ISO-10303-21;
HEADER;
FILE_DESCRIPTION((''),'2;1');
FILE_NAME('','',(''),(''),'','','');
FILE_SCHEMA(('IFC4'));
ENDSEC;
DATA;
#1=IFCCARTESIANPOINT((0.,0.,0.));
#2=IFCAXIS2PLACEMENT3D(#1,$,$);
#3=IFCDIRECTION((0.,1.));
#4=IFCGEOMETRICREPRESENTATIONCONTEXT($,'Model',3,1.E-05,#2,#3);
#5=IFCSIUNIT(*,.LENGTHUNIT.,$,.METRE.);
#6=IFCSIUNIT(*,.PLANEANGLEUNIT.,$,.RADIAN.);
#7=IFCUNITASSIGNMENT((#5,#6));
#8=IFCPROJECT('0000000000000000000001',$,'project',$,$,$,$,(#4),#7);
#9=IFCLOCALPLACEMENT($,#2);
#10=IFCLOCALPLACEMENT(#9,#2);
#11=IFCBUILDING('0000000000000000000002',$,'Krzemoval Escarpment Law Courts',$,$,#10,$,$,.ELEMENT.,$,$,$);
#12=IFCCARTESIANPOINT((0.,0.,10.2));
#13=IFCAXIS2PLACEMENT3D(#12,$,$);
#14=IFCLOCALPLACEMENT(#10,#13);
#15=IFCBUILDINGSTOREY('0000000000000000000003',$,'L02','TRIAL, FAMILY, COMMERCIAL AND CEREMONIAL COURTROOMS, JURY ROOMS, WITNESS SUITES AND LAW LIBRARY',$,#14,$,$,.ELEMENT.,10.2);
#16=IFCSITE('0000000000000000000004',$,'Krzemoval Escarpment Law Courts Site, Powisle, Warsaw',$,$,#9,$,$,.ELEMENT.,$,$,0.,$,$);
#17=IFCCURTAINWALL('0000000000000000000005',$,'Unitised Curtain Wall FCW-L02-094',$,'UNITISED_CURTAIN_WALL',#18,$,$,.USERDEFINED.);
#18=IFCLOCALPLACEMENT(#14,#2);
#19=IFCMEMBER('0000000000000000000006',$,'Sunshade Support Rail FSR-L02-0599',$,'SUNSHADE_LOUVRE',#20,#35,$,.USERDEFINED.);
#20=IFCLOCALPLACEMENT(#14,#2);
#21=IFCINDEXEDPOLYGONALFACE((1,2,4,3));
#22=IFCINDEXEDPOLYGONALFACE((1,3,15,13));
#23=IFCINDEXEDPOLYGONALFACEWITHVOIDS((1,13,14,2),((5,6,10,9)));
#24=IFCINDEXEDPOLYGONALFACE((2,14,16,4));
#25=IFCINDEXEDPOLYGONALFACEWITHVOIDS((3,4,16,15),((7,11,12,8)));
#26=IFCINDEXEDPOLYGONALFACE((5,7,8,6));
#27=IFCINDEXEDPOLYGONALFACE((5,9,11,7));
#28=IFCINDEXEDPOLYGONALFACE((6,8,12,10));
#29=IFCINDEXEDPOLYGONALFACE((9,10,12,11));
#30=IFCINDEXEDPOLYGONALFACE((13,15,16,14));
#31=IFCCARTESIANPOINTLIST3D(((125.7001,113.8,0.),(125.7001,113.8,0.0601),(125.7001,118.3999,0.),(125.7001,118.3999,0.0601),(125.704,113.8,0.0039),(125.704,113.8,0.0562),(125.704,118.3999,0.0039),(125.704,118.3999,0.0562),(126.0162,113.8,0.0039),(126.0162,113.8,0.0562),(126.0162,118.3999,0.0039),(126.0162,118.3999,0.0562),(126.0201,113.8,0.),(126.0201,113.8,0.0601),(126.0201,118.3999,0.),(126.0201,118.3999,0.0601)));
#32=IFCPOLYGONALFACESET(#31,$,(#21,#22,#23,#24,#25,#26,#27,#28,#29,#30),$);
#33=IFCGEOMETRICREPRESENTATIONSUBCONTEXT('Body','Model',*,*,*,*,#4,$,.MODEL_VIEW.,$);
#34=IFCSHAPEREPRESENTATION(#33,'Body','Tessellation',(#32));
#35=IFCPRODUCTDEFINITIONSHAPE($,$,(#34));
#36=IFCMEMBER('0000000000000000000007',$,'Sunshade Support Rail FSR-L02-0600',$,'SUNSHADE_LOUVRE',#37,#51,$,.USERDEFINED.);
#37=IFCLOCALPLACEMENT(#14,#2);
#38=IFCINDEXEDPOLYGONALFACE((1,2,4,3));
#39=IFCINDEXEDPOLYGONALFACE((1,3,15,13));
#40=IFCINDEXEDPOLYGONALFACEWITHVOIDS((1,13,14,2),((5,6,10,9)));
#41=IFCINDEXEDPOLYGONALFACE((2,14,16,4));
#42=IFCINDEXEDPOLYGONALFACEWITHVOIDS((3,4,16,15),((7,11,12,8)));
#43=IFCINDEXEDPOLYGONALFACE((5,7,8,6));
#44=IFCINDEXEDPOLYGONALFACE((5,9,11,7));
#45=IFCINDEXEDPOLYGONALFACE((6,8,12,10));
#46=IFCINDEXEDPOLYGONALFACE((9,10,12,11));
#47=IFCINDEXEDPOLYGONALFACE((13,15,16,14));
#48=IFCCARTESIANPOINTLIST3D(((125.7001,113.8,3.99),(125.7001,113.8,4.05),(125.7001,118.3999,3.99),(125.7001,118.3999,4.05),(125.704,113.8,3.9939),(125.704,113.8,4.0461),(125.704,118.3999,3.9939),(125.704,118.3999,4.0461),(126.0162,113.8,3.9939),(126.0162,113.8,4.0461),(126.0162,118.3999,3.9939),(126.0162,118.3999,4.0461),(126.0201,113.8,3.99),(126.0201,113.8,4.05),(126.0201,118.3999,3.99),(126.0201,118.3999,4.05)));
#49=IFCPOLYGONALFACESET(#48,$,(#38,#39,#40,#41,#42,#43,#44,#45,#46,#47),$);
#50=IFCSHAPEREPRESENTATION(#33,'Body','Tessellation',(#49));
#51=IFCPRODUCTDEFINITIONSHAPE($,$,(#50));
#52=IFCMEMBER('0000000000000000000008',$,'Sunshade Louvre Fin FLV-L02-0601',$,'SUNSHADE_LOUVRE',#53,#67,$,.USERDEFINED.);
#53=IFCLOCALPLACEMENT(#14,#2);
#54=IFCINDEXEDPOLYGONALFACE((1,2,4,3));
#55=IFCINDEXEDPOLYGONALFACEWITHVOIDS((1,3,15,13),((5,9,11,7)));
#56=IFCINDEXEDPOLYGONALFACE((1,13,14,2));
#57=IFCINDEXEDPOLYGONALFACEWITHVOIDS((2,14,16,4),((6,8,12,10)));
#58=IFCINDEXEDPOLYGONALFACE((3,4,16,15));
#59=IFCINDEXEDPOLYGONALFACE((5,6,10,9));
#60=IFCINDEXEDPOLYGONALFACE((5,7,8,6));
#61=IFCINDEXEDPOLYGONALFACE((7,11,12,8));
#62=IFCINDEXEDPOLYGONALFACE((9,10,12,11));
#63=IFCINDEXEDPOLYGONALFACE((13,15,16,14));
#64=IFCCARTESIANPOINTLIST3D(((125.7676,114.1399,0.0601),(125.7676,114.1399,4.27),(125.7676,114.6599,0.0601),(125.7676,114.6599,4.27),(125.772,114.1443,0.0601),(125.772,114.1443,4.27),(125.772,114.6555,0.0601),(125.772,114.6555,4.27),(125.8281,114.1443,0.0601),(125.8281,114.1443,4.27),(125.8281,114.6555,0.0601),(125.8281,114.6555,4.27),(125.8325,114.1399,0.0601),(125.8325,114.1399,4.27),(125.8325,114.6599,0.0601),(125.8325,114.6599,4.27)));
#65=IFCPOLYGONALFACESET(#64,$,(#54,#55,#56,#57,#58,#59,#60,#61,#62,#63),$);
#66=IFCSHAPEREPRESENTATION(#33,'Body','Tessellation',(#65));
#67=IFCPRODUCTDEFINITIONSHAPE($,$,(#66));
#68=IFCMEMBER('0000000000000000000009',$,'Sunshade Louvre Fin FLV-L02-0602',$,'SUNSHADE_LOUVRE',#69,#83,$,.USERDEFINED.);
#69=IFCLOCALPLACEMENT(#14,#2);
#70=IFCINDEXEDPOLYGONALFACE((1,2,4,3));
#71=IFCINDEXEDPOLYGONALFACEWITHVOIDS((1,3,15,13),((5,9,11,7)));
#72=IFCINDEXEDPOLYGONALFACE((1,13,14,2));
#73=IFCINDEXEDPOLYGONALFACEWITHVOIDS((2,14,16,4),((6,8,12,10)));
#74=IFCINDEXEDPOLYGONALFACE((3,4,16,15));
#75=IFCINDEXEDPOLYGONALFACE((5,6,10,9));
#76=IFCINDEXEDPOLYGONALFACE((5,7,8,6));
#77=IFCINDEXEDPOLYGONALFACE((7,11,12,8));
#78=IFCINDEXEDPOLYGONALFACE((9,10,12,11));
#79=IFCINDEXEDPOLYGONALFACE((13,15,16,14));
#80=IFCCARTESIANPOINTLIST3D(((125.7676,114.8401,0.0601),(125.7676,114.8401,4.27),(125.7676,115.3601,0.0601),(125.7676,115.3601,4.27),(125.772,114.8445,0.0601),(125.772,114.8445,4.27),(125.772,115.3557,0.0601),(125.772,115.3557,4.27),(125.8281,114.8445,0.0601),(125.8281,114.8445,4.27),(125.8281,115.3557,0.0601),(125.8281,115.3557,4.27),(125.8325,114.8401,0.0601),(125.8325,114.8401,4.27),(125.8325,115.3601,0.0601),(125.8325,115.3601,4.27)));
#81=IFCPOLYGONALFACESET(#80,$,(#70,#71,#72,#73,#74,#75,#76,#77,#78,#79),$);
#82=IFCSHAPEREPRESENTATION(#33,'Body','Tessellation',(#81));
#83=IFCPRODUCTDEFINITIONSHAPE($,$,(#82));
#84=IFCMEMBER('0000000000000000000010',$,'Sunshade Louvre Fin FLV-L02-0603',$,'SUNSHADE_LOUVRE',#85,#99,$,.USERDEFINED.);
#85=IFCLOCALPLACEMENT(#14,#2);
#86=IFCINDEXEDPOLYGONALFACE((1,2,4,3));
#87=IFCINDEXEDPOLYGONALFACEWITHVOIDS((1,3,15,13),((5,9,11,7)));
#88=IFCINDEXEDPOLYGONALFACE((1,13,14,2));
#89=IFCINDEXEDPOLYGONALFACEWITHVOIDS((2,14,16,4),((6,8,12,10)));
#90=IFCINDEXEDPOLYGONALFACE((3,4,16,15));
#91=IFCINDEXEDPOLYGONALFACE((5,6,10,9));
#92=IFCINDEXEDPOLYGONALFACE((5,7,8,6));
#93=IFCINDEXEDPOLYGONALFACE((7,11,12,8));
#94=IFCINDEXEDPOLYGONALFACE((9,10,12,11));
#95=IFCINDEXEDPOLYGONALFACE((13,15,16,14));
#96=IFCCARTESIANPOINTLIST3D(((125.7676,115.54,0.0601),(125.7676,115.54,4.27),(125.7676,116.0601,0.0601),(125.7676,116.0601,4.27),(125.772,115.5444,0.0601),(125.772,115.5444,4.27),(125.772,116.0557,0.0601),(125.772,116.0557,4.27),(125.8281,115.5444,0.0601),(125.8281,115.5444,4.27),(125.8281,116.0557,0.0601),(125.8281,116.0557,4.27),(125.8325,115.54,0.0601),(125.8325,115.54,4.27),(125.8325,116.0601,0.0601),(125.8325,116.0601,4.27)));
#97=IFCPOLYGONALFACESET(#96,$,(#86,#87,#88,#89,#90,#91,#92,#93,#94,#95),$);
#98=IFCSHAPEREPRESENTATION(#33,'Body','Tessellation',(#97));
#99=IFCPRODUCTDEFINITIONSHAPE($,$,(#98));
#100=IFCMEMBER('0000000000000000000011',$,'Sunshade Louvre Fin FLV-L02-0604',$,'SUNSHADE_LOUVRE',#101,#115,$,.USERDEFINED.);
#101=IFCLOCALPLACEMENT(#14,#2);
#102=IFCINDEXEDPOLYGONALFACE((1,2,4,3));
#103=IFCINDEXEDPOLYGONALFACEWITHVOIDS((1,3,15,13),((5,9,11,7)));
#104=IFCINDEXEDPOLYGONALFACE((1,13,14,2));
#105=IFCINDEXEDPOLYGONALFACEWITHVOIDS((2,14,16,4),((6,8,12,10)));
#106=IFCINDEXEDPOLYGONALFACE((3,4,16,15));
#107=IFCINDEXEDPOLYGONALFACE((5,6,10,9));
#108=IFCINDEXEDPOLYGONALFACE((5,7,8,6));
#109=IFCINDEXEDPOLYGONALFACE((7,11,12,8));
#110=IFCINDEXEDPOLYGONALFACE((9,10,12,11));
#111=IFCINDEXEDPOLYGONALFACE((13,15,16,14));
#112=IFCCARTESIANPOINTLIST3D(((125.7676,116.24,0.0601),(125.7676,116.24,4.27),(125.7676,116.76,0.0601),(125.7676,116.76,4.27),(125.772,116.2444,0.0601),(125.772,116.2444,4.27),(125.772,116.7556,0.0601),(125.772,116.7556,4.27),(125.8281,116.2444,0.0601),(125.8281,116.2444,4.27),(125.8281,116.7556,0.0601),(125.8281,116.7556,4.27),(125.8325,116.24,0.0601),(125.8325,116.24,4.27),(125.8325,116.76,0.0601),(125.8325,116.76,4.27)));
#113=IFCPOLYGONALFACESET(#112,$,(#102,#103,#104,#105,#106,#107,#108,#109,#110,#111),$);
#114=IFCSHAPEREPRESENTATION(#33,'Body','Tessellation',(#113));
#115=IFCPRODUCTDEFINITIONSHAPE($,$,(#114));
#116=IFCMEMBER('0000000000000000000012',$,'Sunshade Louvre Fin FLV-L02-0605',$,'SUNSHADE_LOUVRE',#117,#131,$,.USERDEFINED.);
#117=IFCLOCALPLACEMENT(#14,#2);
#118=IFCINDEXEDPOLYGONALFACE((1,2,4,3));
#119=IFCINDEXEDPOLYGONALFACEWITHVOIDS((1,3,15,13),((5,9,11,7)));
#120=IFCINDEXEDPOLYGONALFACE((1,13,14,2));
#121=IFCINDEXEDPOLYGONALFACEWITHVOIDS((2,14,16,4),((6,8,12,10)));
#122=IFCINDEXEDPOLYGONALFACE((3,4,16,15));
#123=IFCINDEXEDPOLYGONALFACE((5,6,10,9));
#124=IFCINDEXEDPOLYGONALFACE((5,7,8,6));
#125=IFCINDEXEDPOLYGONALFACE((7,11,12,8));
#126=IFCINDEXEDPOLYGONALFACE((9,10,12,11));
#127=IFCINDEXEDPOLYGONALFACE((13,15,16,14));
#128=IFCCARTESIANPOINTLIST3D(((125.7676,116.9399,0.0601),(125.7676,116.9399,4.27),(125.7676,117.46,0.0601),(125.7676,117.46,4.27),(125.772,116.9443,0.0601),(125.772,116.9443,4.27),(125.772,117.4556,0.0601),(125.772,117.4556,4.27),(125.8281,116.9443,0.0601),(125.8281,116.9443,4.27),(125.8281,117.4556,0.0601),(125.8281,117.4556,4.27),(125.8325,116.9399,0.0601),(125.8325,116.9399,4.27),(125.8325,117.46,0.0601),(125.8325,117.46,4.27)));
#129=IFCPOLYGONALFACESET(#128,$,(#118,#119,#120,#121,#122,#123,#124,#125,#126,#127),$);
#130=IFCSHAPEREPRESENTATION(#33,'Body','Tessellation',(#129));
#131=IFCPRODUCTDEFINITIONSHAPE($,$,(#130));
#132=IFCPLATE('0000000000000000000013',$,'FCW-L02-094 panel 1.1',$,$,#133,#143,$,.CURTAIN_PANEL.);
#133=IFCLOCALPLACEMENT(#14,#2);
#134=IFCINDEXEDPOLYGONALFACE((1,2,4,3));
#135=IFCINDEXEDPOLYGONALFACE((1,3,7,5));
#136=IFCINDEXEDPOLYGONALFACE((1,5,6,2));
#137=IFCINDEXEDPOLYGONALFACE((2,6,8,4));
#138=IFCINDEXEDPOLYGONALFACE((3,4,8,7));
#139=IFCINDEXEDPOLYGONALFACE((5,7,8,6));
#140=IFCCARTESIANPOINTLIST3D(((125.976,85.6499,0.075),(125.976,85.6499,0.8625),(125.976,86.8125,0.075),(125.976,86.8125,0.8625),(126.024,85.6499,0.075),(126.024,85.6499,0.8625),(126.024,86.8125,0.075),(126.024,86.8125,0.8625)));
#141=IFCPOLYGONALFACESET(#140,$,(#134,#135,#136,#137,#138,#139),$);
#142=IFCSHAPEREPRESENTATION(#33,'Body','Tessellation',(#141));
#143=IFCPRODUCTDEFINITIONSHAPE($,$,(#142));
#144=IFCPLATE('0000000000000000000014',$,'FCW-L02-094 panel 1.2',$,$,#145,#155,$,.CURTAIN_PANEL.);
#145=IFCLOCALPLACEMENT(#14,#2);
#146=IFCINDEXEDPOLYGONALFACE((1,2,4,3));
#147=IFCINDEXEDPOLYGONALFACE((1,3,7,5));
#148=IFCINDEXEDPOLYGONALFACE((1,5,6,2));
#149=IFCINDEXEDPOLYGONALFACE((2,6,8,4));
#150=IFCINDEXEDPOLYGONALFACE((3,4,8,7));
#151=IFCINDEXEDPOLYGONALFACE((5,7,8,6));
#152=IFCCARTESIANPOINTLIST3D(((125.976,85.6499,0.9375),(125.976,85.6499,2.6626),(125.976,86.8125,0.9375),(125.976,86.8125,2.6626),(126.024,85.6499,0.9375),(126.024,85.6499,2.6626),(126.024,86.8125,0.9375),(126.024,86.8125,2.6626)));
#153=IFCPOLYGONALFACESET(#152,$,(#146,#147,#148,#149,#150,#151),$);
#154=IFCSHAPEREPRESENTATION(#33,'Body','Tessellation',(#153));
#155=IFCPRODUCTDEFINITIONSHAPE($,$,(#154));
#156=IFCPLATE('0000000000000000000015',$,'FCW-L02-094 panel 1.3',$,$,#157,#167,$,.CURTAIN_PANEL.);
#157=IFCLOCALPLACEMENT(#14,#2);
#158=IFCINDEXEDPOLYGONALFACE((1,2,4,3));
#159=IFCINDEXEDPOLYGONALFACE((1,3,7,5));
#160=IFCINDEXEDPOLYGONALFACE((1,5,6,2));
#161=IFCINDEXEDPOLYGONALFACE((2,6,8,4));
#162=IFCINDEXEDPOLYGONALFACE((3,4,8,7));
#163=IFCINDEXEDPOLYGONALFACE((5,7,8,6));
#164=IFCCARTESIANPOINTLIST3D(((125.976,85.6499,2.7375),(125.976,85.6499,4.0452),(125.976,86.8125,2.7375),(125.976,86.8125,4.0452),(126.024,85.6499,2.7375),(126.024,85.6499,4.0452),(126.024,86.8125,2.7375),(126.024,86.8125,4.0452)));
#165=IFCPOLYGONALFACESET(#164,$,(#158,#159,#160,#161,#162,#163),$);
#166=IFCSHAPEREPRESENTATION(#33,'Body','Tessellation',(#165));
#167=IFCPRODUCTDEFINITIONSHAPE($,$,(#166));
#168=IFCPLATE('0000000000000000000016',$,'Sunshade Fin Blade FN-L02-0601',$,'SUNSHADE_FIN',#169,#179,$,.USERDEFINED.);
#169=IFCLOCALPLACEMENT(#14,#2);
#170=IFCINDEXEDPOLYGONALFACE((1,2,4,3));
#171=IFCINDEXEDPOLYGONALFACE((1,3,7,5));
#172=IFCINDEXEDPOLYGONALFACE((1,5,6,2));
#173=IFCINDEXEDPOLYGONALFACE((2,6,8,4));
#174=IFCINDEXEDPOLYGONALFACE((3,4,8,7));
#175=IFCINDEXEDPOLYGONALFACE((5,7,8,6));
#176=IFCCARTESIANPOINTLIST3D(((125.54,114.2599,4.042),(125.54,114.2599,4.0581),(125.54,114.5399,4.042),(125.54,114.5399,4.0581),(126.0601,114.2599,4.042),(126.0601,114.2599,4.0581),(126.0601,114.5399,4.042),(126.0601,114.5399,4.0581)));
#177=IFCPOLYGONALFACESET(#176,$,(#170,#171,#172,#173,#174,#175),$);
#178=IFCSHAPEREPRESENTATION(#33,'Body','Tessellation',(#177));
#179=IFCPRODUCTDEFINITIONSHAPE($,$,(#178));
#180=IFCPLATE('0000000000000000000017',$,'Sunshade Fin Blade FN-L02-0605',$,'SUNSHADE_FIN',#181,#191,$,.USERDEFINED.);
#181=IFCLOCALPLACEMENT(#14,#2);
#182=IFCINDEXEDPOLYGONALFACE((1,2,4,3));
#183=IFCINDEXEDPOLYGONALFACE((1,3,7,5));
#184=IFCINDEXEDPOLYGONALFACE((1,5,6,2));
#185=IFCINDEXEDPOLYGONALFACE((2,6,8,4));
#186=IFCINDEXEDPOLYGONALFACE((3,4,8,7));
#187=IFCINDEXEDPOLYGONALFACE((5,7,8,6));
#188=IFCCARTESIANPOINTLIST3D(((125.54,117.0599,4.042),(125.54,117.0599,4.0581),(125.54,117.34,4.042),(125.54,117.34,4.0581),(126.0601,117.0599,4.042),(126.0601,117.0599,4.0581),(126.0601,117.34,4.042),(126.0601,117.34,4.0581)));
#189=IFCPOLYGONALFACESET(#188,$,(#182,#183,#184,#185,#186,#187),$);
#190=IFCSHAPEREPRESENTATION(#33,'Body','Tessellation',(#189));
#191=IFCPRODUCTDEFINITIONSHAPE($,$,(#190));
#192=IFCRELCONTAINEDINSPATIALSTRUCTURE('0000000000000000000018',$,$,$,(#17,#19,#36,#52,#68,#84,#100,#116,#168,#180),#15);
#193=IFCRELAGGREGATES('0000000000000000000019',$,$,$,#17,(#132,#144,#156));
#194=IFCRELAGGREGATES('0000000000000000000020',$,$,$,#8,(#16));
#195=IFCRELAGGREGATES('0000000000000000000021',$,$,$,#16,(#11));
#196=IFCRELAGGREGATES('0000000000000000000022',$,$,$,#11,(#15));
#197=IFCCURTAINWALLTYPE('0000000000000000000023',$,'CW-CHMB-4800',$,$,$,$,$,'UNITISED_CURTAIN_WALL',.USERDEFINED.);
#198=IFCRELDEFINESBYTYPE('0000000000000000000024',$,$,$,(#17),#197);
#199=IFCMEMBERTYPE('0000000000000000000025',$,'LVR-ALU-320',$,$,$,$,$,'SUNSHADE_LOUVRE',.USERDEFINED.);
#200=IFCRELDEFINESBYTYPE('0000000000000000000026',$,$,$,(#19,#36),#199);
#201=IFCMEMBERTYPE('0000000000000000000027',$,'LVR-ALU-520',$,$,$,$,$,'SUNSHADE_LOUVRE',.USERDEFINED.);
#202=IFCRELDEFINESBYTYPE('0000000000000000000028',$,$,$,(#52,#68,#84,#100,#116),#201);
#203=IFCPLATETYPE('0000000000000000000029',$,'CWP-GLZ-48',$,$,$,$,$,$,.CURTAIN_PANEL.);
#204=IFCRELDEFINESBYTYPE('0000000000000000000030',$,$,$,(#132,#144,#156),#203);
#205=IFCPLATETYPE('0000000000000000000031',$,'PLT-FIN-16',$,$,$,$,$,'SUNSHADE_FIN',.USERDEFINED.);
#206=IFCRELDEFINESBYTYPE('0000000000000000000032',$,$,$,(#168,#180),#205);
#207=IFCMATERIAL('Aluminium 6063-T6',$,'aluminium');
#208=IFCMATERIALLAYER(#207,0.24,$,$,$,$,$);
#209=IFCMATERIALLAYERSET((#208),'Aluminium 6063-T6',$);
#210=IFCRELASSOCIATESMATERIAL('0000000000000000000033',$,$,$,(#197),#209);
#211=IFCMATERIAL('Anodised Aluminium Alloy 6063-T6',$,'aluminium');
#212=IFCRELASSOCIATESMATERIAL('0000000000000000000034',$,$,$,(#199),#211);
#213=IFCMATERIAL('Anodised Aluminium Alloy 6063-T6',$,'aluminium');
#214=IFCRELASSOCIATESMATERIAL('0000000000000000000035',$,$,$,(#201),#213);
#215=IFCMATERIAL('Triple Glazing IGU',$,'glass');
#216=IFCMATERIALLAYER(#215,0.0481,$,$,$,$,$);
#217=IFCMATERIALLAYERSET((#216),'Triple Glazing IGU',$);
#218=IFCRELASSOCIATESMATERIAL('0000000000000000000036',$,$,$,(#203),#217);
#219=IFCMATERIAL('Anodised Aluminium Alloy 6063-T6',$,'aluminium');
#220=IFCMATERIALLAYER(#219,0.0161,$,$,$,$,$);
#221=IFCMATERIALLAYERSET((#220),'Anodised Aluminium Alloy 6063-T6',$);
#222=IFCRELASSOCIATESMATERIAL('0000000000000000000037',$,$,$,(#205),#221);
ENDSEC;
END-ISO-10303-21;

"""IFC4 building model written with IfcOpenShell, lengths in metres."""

from ifc_helpers import new_model, si_unit, direction, frame, origin, origin_2d, place, context, subcontext, project, spatial, rectangle, hollow_rectangle, extrude, material, layer, layer_set, material_profile, profile_set, type_object, element, aggregate, save


model = new_model("IFC4")

# Units and contexts
model_context = context("Model", 3, precision=1e-05, world=origin(), true_north=direction((0.0, 1.0)))
body_context = subcontext(model_context, "Body", "Model", "MODEL_VIEW")
ifc_project = project(units=[si_unit("LENGTHUNIT", "METRE"), si_unit("PLANEANGLEUNIT", "RADIAN")], contexts=[model_context])

# Site, building, storey
site_placement = place(None, origin())
site = spatial("IfcSite", under=ifc_project, at=site_placement, Name="Krzemoval Escarpment Law Courts Site, Powisle, Warsaw", CompositionType="ELEMENT", RefElevation=0.0)
building_placement = place(site_placement, origin())
building = spatial("IfcBuilding", under=site, at=building_placement, Name="Krzemoval Escarpment Law Courts", CompositionType="ELEMENT")
storey_placement = place(building_placement, frame((0.0, 0.0, 10.2)))
storey = spatial("IfcBuildingStorey", under=building, at=storey_placement, Name="L02", Description="TRIAL, FAMILY, COMMERCIAL AND CEREMONIAL COURTROOMS, JURY ROOMS, WITNESS SUITES AND LAW LIBRARY", CompositionType="ELEMENT", Elevation=10.2)

# Curtain wall
ifc_material_1 = material(Name="Aluminium 6063-T6", Category="aluminium")
ifc_layer_1 = layer(ifc_material_1, 0.24)
ifc_layer_set_1 = layer_set([ifc_layer_1], Name="Aluminium 6063-T6")
curtain_wall_type = type_object("IfcCurtainWallType", Name="CW-CHMB-4800", ElementType="UNITISED_CURTAIN_WALL", PredefinedType="USERDEFINED", material=ifc_layer_set_1)
curtain_wall_placement = place(storey_placement, origin())
curtain_wall = element("IfcCurtainWall", 1, at=curtain_wall_placement, inside=storey, type_object=curtain_wall_type, Name="Unitised Curtain Wall FCW-L02-094", ObjectType="UNITISED_CURTAIN_WALL", PredefinedType="USERDEFINED")

# Members
ifc_material_2 = material(Name="Anodised Aluminium Alloy 6063-T6", Category="aluminium")
ifc_material_profile_1 = material_profile(ifc_material_2, hollow_rectangle(XDim=0.0601, YDim=0.3201, WallThickness=0.0039, at=origin_2d()), Name="ALU LVR 60x320")
ifc_profile_set_1 = profile_set([ifc_material_profile_1], Name="Anodised Aluminium Alloy 6063-T6")
member_type_1 = type_object("IfcMemberType", Name="LVR-ALU-320", ElementType="SUNSHADE_LOUVRE", PredefinedType="USERDEFINED", material=ifc_profile_set_1)
for number, where, z_axis, x_axis, name in (
    (2, (125.8601, 113.8, 0.03), (0.0, 1.0, 0.0), (0.0, 0.0, 1.0), "Sunshade Support Rail FSR-L02-0599"),
    (3, (125.8601, 113.8, 4.02), (0.0, 1.0, 0.0), (0.0, 0.0, 1.0), "Sunshade Support Rail FSR-L02-0600"),
):
    element("IfcMember", number, at=place(storey_placement, frame(where, z_axis=z_axis, x_axis=x_axis)), inside=storey, type_object=member_type_1, Name=name, ObjectType="SUNSHADE_LOUVRE", PredefinedType="USERDEFINED", context=body_context, shape_type="SweptSolid", body=[
        extrude(hollow_rectangle(XDim=0.0601, YDim=0.3201, WallThickness=0.0039, at=origin_2d()), origin(), (0.0, 0.0, 1.0), 4.5999),
    ])
ifc_material_3 = material(Name="Anodised Aluminium Alloy 6063-T6", Category="aluminium")
ifc_material_profile_2 = material_profile(ifc_material_3, hollow_rectangle(XDim=0.0649, YDim=0.52, WallThickness=0.0044, at=origin_2d()), Name="ALU LVR 65x520")
ifc_profile_set_2 = profile_set([ifc_material_profile_2], Name="Anodised Aluminium Alloy 6063-T6")
member_type_2 = type_object("IfcMemberType", Name="LVR-ALU-520", ElementType="SUNSHADE_LOUVRE", PredefinedType="USERDEFINED", material=ifc_profile_set_2)
for number, where, z_axis, x_axis, name in (
    (4, (125.8, 114.3999, 0.0601), (0.0, 0.0, 1.0), (1.0, 0.0, 0.0), "Sunshade Louvre Fin FLV-L02-0601"),
    (5, (125.8, 115.1001, 0.0601), (0.0, 0.0, 1.0), (1.0, 0.0, 0.0), "Sunshade Louvre Fin FLV-L02-0602"),
    (6, (125.8, 115.8, 0.0601), (0.0, 0.0, 1.0), (1.0, 0.0, 0.0), "Sunshade Louvre Fin FLV-L02-0603"),
    (7, (125.8, 116.5, 0.0601), (0.0, 0.0, 1.0), (1.0, 0.0, 0.0), "Sunshade Louvre Fin FLV-L02-0604"),
    (8, (125.8, 117.2, 0.0601), (0.0, 0.0, 1.0), (1.0, 0.0, 0.0), "Sunshade Louvre Fin FLV-L02-0605"),
):
    element("IfcMember", number, at=place(storey_placement, frame(where, z_axis=z_axis, x_axis=x_axis)), inside=storey, type_object=member_type_2, Name=name, ObjectType="SUNSHADE_LOUVRE", PredefinedType="USERDEFINED", context=body_context, shape_type="SweptSolid", body=[
        extrude(hollow_rectangle(XDim=0.0649, YDim=0.52, WallThickness=0.0044, at=origin_2d()), origin(), (0.0, 0.0, 1.0), 4.21),
    ])

# Plates
ifc_material_4 = material(Name="Triple Glazing IGU", Category="glass")
ifc_layer_2 = layer(ifc_material_4, 0.0481)
ifc_layer_set_2 = layer_set([ifc_layer_2], Name="Triple Glazing IGU")
plate_type_1 = type_object("IfcPlateType", Name="CWP-GLZ-48", PredefinedType="CURTAIN_PANEL", material=ifc_layer_set_2)
plate_1_placement = place(storey_placement, frame((126.0, 86.2312, 0.075), z_axis=(0.0, 0.0, 1.0), x_axis=(0.0, 1.0, 0.0)))
plate_1 = element("IfcPlate", 9, at=plate_1_placement, type_object=plate_type_1, Name="FCW-L02-094 panel 1.1", PredefinedType="CURTAIN_PANEL", context=body_context, shape_type="SweptSolid", body=[
    extrude(rectangle(XDim=1.1626, YDim=0.0481, at=origin_2d()), origin(), (0.0, 0.0, 1.0), 0.7876),
])
plate_2_placement = place(storey_placement, frame((126.0, 86.2312, 0.9375), z_axis=(0.0, 0.0, 1.0), x_axis=(0.0, 1.0, 0.0)))
plate_2 = element("IfcPlate", 10, at=plate_2_placement, type_object=plate_type_1, Name="FCW-L02-094 panel 1.2", PredefinedType="CURTAIN_PANEL", context=body_context, shape_type="SweptSolid", body=[
    extrude(rectangle(XDim=1.1626, YDim=0.0481, at=origin_2d()), origin(), (0.0, 0.0, 1.0), 1.7251),
])
plate_3_placement = place(storey_placement, frame((126.0, 86.2312, 2.7375), z_axis=(0.0, 0.0, 1.0), x_axis=(0.0, 1.0, 0.0)))
plate_3 = element("IfcPlate", 11, at=plate_3_placement, type_object=plate_type_1, Name="FCW-L02-094 panel 1.3", PredefinedType="CURTAIN_PANEL", context=body_context, shape_type="SweptSolid", body=[
    extrude(rectangle(XDim=1.1626, YDim=0.0481, at=origin_2d()), origin(), (0.0, 0.0, 1.0), 1.3076),
])
aggregate(curtain_wall, [plate_1, plate_2, plate_3])

# Plates
ifc_material_5 = material(Name="Anodised Aluminium Alloy 6063-T6", Category="aluminium")
ifc_layer_3 = layer(ifc_material_5, 0.0161)
ifc_layer_set_3 = layer_set([ifc_layer_3], Name="Anodised Aluminium Alloy 6063-T6")
plate_type_2 = type_object("IfcPlateType", Name="PLT-FIN-16", ElementType="SUNSHADE_FIN", PredefinedType="USERDEFINED", material=ifc_layer_set_3)
for number, where, z_axis, x_axis, name in (
    (12, (125.8, 114.3999, 4.042), (0.0, 0.0, 1.0), (-1.0, 0.0, 0.0), "Sunshade Fin Blade FN-L02-0601"),
    (13, (125.8, 117.2, 4.042), (0.0, 0.0, 1.0), (-1.0, 0.0, 0.0), "Sunshade Fin Blade FN-L02-0605"),
):
    element("IfcPlate", number, at=place(storey_placement, frame(where, z_axis=z_axis, x_axis=x_axis)), inside=storey, type_object=plate_type_2, Name=name, ObjectType="SUNSHADE_FIN", PredefinedType="USERDEFINED", context=body_context, shape_type="SweptSolid", body=[
        extrude(rectangle(XDim=0.52, YDim=0.28, at=origin_2d()), origin(), (0.0, 0.0, 1.0), 0.0161),
    ])

save(model, "model.ifc")
